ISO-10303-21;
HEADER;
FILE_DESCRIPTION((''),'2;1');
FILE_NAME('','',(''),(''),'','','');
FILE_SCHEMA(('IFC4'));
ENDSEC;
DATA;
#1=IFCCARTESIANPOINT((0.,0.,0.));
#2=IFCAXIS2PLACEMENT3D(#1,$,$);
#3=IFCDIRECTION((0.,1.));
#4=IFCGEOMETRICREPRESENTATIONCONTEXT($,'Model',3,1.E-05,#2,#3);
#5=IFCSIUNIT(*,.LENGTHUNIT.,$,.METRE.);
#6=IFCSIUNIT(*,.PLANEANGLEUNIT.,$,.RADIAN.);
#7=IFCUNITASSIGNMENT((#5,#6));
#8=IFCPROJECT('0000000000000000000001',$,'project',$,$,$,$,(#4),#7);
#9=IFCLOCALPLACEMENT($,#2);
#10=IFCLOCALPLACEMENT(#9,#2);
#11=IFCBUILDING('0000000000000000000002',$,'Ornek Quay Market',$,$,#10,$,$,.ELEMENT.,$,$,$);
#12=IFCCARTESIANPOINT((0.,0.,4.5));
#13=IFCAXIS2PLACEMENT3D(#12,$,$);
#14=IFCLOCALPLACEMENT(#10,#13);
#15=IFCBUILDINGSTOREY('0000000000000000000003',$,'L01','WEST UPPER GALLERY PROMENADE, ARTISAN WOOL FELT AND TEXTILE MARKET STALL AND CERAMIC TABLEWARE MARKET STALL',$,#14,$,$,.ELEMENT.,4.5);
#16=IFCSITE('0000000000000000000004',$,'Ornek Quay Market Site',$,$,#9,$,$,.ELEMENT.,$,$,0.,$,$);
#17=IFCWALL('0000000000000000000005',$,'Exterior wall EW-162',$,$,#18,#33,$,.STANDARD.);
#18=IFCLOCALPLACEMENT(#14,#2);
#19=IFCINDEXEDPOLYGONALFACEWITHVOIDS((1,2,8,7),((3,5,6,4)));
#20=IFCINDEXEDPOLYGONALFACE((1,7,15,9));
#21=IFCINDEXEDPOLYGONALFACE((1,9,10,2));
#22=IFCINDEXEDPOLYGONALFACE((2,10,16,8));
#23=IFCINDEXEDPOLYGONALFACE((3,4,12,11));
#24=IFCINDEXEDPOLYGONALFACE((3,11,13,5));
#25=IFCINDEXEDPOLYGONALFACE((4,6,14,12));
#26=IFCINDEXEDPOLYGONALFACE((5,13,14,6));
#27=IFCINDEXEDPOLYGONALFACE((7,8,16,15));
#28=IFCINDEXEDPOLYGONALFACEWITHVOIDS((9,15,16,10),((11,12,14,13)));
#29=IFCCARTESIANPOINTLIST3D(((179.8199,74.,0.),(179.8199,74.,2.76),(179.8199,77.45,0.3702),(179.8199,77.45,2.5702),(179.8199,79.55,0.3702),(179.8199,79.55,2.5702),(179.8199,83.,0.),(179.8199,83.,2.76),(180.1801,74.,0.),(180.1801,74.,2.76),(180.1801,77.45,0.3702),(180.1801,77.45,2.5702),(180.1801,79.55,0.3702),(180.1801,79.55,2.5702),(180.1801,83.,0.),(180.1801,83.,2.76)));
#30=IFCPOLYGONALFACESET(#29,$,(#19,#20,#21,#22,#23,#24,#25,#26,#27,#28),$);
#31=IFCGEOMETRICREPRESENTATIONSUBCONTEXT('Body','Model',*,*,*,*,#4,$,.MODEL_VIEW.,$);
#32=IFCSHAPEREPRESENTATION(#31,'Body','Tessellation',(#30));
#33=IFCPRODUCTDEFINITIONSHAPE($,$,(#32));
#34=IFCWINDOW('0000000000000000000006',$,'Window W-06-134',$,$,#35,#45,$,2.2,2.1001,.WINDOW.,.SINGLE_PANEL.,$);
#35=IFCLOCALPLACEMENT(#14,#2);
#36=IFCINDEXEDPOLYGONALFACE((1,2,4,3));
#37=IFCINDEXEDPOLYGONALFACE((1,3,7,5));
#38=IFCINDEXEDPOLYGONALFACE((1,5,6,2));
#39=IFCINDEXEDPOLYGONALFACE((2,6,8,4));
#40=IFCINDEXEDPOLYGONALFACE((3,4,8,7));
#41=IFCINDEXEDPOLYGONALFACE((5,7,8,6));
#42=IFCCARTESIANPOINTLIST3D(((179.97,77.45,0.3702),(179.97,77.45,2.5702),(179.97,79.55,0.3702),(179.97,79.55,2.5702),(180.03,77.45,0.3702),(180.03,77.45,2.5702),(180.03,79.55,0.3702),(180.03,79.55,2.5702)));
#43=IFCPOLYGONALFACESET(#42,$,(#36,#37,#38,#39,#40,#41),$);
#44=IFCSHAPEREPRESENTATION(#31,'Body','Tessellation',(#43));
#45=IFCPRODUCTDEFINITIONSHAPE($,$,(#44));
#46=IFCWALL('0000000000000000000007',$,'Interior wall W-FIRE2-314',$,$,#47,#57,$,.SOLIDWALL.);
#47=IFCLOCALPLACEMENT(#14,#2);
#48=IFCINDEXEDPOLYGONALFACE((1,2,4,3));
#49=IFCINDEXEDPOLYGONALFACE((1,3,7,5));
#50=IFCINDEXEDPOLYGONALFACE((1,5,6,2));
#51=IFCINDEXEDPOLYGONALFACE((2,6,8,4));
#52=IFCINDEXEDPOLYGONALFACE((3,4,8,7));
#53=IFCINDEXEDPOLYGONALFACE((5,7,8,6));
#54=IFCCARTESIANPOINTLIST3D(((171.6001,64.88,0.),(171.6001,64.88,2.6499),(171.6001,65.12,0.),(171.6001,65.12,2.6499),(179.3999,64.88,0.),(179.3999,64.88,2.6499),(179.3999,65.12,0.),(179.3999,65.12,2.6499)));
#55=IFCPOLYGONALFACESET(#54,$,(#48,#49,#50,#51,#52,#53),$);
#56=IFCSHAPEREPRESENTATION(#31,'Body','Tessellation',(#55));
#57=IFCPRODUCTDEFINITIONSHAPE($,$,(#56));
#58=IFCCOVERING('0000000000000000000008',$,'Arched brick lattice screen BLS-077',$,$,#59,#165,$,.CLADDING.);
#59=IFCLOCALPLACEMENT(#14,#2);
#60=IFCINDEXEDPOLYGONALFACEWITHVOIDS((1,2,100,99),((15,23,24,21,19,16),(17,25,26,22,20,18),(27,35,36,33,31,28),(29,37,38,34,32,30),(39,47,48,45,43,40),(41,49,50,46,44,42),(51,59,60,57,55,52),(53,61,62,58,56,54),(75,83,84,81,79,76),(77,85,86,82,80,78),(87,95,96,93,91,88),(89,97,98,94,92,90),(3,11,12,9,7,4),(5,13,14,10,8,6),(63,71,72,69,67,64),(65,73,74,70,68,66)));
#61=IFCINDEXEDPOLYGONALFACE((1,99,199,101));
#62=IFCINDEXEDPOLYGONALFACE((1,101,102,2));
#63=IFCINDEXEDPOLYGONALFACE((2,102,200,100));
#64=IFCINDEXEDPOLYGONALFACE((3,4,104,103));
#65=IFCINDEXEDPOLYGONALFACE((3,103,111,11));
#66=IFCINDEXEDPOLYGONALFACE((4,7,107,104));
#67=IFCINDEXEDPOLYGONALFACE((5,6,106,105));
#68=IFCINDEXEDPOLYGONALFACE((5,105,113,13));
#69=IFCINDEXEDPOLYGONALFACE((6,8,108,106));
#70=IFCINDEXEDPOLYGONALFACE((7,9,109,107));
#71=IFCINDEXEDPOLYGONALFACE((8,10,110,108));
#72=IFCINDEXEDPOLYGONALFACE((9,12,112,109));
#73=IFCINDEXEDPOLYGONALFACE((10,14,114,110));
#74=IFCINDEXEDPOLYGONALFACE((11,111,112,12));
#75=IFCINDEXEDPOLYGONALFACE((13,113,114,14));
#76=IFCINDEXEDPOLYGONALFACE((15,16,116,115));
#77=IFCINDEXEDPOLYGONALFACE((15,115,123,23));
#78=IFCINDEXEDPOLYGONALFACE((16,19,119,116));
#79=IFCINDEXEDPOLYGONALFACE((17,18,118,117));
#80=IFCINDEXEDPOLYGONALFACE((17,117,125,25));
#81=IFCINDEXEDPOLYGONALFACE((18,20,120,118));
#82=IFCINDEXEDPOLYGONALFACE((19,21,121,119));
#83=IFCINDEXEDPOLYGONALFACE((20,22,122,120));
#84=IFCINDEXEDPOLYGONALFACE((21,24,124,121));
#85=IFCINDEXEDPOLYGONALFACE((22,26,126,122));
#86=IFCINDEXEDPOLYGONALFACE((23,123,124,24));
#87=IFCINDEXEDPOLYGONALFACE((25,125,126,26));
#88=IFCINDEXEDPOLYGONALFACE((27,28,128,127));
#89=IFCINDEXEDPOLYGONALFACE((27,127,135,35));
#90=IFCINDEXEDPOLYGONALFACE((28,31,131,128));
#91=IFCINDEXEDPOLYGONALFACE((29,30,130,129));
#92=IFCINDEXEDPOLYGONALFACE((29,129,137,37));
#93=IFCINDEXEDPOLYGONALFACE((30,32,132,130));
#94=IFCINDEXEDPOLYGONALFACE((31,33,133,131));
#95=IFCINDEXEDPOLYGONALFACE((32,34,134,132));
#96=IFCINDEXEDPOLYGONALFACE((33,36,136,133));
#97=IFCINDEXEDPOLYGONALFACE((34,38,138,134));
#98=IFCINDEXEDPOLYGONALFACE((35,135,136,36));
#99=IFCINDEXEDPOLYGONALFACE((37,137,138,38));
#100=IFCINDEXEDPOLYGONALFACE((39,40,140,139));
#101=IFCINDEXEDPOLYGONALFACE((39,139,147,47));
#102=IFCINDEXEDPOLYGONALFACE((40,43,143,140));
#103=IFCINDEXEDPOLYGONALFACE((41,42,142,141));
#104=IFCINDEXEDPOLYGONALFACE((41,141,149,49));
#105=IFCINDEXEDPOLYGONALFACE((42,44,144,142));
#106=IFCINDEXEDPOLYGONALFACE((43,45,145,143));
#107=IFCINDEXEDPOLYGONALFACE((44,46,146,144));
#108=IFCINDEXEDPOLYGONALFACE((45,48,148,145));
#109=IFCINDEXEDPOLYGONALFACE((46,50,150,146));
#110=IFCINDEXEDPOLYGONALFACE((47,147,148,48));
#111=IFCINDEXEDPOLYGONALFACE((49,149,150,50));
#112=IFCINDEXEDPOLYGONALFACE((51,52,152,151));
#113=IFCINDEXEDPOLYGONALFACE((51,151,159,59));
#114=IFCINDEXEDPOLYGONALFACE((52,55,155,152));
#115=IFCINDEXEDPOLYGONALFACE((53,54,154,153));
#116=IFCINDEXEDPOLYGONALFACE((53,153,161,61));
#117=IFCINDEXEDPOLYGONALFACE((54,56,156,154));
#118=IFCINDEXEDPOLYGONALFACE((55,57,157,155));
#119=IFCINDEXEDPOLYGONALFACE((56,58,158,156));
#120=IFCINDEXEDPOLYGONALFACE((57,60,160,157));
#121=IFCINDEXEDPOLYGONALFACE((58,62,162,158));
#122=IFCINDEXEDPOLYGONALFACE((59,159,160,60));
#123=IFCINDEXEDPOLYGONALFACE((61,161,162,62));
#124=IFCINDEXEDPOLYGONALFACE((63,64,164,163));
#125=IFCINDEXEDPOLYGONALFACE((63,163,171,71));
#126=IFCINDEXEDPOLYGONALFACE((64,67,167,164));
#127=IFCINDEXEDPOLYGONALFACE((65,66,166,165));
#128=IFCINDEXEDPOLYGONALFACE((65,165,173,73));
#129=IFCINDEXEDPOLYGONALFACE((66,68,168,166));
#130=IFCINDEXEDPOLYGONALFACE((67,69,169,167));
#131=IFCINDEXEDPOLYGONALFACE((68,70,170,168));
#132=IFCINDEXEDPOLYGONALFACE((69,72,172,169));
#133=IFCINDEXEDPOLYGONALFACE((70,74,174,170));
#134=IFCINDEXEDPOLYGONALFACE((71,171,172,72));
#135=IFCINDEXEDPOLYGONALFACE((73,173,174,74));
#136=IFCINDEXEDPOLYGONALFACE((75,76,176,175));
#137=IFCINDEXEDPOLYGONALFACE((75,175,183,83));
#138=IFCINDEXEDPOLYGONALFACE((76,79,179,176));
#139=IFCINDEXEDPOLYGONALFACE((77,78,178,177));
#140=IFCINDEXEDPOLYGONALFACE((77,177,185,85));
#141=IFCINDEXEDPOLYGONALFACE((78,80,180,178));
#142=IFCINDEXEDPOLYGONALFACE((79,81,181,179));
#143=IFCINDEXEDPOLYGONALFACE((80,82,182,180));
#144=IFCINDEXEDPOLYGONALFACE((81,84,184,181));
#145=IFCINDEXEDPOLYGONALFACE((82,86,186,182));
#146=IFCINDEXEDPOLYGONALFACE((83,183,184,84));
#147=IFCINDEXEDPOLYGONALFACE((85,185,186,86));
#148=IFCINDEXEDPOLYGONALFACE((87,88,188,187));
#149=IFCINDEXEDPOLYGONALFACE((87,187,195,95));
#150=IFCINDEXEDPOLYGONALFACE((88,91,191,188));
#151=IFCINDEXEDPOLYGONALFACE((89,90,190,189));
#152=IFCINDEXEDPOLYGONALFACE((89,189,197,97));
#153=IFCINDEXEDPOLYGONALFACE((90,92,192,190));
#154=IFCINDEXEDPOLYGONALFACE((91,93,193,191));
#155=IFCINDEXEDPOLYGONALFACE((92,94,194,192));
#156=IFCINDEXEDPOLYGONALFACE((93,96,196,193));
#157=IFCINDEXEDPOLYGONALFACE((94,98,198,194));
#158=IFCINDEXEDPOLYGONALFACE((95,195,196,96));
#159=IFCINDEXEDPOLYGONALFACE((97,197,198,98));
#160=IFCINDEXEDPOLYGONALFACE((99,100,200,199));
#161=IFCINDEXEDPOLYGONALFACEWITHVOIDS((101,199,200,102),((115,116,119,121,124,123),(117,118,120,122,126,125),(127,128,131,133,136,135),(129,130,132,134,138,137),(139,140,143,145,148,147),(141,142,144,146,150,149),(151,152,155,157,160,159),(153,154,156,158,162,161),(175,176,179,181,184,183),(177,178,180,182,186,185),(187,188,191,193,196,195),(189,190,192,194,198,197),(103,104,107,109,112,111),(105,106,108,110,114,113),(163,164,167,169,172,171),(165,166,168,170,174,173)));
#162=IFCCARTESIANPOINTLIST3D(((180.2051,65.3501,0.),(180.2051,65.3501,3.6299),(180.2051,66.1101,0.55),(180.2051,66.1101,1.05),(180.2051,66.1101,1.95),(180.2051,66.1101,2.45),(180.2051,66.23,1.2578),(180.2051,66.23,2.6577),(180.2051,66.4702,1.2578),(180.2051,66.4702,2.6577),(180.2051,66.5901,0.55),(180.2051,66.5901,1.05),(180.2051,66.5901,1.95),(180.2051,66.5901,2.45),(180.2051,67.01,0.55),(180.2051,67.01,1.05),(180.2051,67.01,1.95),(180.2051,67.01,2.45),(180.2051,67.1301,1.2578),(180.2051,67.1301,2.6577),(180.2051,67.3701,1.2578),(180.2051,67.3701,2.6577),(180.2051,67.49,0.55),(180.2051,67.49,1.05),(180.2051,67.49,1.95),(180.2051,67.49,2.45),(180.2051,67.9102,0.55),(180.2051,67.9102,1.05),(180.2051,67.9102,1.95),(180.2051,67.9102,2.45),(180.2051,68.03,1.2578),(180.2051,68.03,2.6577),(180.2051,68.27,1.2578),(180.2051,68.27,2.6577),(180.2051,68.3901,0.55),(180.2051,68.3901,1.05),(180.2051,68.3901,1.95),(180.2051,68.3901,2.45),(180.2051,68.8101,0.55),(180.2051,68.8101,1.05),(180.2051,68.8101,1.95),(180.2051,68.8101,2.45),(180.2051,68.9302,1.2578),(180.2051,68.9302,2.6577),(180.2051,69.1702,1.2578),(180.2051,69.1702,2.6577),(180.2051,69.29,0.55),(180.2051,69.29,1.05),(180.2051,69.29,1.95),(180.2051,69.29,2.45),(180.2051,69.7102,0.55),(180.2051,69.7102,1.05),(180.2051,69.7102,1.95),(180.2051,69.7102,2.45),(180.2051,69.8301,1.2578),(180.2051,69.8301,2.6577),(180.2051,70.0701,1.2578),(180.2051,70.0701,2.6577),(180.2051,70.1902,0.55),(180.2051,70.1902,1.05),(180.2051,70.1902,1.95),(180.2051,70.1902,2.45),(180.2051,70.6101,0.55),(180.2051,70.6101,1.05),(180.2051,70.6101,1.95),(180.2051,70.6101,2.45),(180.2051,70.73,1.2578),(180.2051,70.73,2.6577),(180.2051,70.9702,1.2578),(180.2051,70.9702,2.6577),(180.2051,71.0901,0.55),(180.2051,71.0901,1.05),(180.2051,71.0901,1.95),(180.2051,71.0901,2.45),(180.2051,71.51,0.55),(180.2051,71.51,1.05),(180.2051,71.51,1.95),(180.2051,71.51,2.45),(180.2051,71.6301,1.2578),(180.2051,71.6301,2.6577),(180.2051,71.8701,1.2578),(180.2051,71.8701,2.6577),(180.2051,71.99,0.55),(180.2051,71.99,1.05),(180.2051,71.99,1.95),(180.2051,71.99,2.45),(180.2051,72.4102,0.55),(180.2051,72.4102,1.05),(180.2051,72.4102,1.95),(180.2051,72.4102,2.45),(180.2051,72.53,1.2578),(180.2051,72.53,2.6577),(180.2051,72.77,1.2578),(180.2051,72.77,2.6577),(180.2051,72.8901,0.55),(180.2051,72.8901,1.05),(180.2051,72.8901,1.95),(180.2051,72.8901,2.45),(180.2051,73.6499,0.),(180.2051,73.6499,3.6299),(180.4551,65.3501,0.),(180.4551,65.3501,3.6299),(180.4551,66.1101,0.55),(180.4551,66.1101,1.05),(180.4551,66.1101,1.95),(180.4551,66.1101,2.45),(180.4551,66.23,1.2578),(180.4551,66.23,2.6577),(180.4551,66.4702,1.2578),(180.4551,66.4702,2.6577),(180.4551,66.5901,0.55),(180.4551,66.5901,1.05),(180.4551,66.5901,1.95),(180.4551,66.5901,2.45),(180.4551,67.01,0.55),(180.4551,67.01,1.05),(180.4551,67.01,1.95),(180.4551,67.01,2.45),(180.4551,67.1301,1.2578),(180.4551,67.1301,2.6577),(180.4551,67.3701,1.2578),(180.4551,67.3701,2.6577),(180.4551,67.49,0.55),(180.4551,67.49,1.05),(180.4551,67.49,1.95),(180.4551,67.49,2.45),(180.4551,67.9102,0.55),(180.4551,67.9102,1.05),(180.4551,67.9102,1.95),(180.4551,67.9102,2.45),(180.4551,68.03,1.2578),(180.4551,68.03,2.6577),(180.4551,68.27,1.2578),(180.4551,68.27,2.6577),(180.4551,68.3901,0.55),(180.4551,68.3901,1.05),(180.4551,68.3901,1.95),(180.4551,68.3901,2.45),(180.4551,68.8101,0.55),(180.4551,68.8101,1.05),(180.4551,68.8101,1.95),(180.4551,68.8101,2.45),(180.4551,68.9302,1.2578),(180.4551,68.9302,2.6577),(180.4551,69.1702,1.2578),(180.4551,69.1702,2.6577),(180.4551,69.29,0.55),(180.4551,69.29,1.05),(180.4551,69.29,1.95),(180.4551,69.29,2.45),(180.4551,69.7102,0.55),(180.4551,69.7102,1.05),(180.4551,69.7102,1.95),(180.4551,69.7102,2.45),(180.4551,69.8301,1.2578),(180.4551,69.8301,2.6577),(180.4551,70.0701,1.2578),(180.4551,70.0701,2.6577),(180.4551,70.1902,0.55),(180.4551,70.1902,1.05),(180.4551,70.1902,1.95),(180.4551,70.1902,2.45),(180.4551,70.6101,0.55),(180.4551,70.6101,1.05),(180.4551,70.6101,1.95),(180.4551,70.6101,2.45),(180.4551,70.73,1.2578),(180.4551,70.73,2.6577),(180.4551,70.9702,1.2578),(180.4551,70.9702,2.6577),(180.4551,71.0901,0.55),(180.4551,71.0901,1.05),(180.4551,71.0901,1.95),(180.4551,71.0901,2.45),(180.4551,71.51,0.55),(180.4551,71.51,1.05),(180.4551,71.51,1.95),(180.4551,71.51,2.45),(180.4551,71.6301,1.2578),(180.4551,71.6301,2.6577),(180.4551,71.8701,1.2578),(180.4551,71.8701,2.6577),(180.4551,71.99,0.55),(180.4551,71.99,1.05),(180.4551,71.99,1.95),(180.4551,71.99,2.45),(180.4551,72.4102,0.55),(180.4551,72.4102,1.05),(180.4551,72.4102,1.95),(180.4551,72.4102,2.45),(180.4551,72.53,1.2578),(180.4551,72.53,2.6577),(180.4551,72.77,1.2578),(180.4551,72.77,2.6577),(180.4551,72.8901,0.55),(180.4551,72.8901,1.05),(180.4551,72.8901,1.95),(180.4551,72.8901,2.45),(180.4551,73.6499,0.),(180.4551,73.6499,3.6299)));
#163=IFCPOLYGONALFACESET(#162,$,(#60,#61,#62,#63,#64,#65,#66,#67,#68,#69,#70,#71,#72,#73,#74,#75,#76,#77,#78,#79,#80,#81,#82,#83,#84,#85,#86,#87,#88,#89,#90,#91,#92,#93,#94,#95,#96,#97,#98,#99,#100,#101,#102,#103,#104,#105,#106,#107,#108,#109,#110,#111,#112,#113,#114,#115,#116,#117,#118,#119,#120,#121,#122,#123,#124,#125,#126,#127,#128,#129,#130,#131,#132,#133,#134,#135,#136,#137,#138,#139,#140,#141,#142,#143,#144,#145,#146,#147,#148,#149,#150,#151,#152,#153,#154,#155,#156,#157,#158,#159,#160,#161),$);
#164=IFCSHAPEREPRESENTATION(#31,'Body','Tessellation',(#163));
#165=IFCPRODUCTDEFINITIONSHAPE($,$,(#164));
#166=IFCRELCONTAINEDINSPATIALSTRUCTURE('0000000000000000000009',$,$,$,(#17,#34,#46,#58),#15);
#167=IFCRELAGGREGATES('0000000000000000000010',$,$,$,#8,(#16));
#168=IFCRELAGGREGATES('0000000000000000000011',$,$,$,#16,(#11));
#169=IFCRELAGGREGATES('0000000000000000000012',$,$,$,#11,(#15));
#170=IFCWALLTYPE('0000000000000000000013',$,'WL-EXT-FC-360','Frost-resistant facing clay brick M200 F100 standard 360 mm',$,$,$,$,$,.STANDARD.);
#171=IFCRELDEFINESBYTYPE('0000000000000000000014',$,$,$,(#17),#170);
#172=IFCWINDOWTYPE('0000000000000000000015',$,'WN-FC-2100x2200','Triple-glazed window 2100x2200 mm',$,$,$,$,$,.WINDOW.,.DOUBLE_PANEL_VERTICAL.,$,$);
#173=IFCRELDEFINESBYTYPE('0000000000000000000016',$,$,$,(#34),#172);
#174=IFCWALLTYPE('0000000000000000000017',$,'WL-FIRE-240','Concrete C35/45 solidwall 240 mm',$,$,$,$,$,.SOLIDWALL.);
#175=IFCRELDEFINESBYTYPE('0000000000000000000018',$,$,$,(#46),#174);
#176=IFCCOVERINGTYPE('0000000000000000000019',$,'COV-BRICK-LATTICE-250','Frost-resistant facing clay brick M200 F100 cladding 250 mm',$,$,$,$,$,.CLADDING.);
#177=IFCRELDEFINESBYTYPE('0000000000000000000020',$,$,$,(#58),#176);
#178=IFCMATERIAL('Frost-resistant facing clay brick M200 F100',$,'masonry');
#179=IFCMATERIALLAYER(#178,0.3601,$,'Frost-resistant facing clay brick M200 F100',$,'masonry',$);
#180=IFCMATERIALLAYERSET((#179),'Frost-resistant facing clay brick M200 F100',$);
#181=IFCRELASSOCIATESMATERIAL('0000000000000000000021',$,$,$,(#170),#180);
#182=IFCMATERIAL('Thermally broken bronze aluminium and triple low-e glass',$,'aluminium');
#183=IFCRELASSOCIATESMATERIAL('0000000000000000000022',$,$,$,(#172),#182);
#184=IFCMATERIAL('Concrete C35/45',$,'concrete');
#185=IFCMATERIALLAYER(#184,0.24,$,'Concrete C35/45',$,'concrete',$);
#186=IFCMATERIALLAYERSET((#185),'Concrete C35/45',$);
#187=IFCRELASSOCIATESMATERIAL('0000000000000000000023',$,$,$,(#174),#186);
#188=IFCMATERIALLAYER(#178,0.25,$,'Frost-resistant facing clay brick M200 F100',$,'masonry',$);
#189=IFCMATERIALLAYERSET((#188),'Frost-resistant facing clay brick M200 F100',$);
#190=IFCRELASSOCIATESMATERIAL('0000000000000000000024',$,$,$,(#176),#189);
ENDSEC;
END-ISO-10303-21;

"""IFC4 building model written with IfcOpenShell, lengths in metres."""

from ifc_helpers import new_model, si_unit, direction, frame, frame_2d, origin, place, context, subcontext, project, spatial, polyline, rectangle, outline, extrude, material, layer, layer_set, type_object, element, fill, save


model = new_model("IFC4")

# Units and contexts
model_context = context("Model", 3, precision=1e-05, world=origin(), true_north=direction((0.0, 1.0)))
body_context = subcontext(model_context, "Body", "Model", "MODEL_VIEW")
ifc_project = project(units=[si_unit("LENGTHUNIT", "METRE"), si_unit("PLANEANGLEUNIT", "RADIAN")], contexts=[model_context])

# Site, building, storey
site_placement = place(None, origin())
site = spatial("IfcSite", under=ifc_project, at=site_placement, Name="Ornek Quay Market Site", CompositionType="ELEMENT", RefElevation=0.0)
building_placement = place(site_placement, origin())
building = spatial("IfcBuilding", under=site, at=building_placement, Name="Ornek Quay Market", CompositionType="ELEMENT")
storey_placement = place(building_placement, frame((0.0, 0.0, 4.5)))
storey = spatial("IfcBuildingStorey", under=building, at=storey_placement, Name="L01", Description="WEST UPPER GALLERY PROMENADE, ARTISAN WOOL FELT AND TEXTILE MARKET STALL AND CERAMIC TABLEWARE MARKET STALL", CompositionType="ELEMENT", Elevation=4.5)

# Shared definitions
ifc_material_1 = material(Name="Concrete C35/45", Category="concrete")

# Wall, opening, window
ifc_material_2 = material(Name="Frost-resistant facing clay brick M200 F100", Category="masonry")
ifc_layer_1 = layer(ifc_material_2, 0.3601, Name="Frost-resistant facing clay brick M200 F100", Category="masonry")
ifc_layer_set_1 = layer_set([ifc_layer_1], Name="Frost-resistant facing clay brick M200 F100")
wall_type_1 = type_object("IfcWallType", Name="WL-EXT-FC-360", Description="Frost-resistant facing clay brick M200 F100 standard 360 mm", PredefinedType="STANDARD", material=ifc_layer_set_1)
ifc_material_3 = material(Name="Thermally broken bronze aluminium and triple low-e glass", Category="aluminium")
wall_1_placement = place(storey_placement, frame((180.0, 74.0, 0.0), z_axis=(0.0, 0.0, 1.0), x_axis=(0.0, 1.0, 0.0)))
wall_1 = element("IfcWall", 1, at=wall_1_placement, inside=storey, type_object=wall_type_1, Name="Exterior wall EW-162", PredefinedType="STANDARD", context=body_context, shape_type="SweptSolid", body=[
    extrude(rectangle(XDim=9.0, YDim=0.3601, at=frame_2d((4.5, 0.0))), origin(), (0.0, 0.0, 1.0), 2.76),
])
opening_1_placement = place(wall_1_placement, frame((3.45, 0.0, 0.3701)))
opening_1 = element("IfcOpeningElement", 2, at=opening_1_placement, cuts=wall_1, PredefinedType="OPENING", context=body_context, shape_type="SweptSolid", body=[
    extrude(rectangle(XDim=2.1001, YDim=2.2, at=frame_2d((1.05, 1.1001))), frame((0.0, 0.1899, 0.0), z_axis=(0.0, -1.0, 0.0), x_axis=(1.0, 0.0, 0.0)), (0.0, 0.0, 1.0), 0.3801),
])
window_type_1 = type_object("IfcWindowType", Name="WN-FC-2100x2200", Description="Triple-glazed window 2100x2200 mm", PartitioningType="DOUBLE_PANEL_VERTICAL", PredefinedType="WINDOW", material=ifc_material_3)
window_1_placement = place(opening_1_placement, origin())
window_1 = element("IfcWindow", 3, at=window_1_placement, inside=storey, type_object=window_type_1, Name="Window W-06-134", OverallHeight=2.2, OverallWidth=2.1001, PartitioningType="SINGLE_PANEL", PredefinedType="WINDOW", context=body_context, shape_type="SweptSolid", body=[
    extrude(rectangle(XDim=2.1001, YDim=2.2, at=frame_2d((1.05, 1.1001))), frame((0.0, 0.03, 0.0), z_axis=(0.0, -1.0, 0.0), x_axis=(1.0, 0.0, 0.0)), (0.0, 0.0, 1.0), 0.0601),
])
fill(opening_1, window_1)

# Wall
ifc_layer_2 = layer(ifc_material_1, 0.24, Name="Concrete C35/45", Category="concrete")
ifc_layer_set_2 = layer_set([ifc_layer_2], Name="Concrete C35/45")
wall_type_2 = type_object("IfcWallType", Name="WL-FIRE-240", Description="Concrete C35/45 solidwall 240 mm", PredefinedType="SOLIDWALL", material=ifc_layer_set_2)
wall_2_placement = place(storey_placement, frame((171.6001, 65.0, 0.0), z_axis=(0.0, 0.0, 1.0), x_axis=(1.0, 0.0, 0.0)))
element("IfcWall", 4, at=wall_2_placement, inside=storey, type_object=wall_type_2, Name="Interior wall W-FIRE2-314", PredefinedType="SOLIDWALL", context=body_context, shape_type="SweptSolid", body=[
    extrude(rectangle(XDim=7.7998, YDim=0.24, at=frame_2d((3.8999, 0.0))), origin(), (0.0, 0.0, 1.0), 2.6499),
])

# Covering
ifc_layer_3 = layer(ifc_material_2, 0.25, Name="Frost-resistant facing clay brick M200 F100", Category="masonry")
ifc_layer_set_3 = layer_set([ifc_layer_3], Name="Frost-resistant facing clay brick M200 F100")
covering_type = type_object("IfcCoveringType", Name="COV-BRICK-LATTICE-250", Description="Frost-resistant facing clay brick M200 F100 cladding 250 mm", PredefinedType="CLADDING", material=ifc_layer_set_3)
covering_placement = place(storey_placement, frame((180.3301, 65.3501, 0.0), z_axis=(0.0, 0.0, 1.0), x_axis=(0.0, 1.0, 0.0)))
element("IfcCovering", 5, at=covering_placement, inside=storey, type_object=covering_type, Name="Arched brick lattice screen BLS-077", PredefinedType="CLADDING", context=body_context, shape_type="SweptSolid", body=[
    extrude(outline(polyline([(0.0, 0.0), (8.2998, 0.0), (8.2998, 3.6299), (0.0, 3.6299), (0.0, 0.0)]), holes=[polyline([(0.76, 0.55), (1.24, 0.55), (1.24, 1.05), (1.1201, 1.2578), (0.8799, 1.2578), (0.76, 1.05), (0.76, 0.55)]), polyline([(0.76, 1.95), (1.24, 1.95), (1.24, 2.45), (1.1201, 2.6577), (0.8799, 2.6577), (0.76, 2.45), (0.76, 1.95)]), polyline([(1.6599, 0.55), (2.1399, 0.55), (2.1399, 1.05), (2.02, 1.2578), (1.78, 1.2578), (1.6599, 1.05), (1.6599, 0.55)]), polyline([(1.6599, 1.95), (2.1399, 1.95), (2.1399, 2.45), (2.02, 2.6577), (1.78, 2.6577), (1.6599, 2.45), (1.6599, 1.95)]), polyline([(2.5601, 0.55), (3.04, 0.55), (3.04, 1.05), (2.9199, 1.2578), (2.6799, 1.2578), (2.5601, 1.05), (2.5601, 0.55)]), polyline([(2.5601, 1.95), (3.04, 1.95), (3.04, 2.45), (2.9199, 2.6577), (2.6799, 2.6577), (2.5601, 2.45), (2.5601, 1.95)]), polyline([(3.46, 0.55), (3.9399, 0.55), (3.9399, 1.05), (3.8201, 1.2578), (3.5801, 1.2578), (3.46, 1.05), (3.46, 0.55)]), polyline([(3.46, 1.95), (3.9399, 1.95), (3.9399, 2.45), (3.8201, 2.6577), (3.5801, 2.6577), (3.46, 2.45), (3.46, 1.95)]), polyline([(4.3601, 0.55), (4.8401, 0.55), (4.8401, 1.05), (4.72, 1.2578), (4.48, 1.2578), (4.3601, 1.05), (4.3601, 0.55)]), polyline([(4.3601, 1.95), (4.8401, 1.95), (4.8401, 2.45), (4.72, 2.6577), (4.48, 2.6577), (4.3601, 2.45), (4.3601, 1.95)]), polyline([(5.26, 0.55), (5.74, 0.55), (5.74, 1.05), (5.6201, 1.2578), (5.3799, 1.2578), (5.26, 1.05), (5.26, 0.55)]), polyline([(5.26, 1.95), (5.74, 1.95), (5.74, 2.45), (5.6201, 2.6577), (5.3799, 2.6577), (5.26, 2.45), (5.26, 1.95)]), polyline([(6.1599, 0.55), (6.6399, 0.55), (6.6399, 1.05), (6.52, 1.2578), (6.28, 1.2578), (6.1599, 1.05), (6.1599, 0.55)]), polyline([(6.1599, 1.95), (6.6399, 1.95), (6.6399, 2.45), (6.52, 2.6577), (6.28, 2.6577), (6.1599, 2.45), (6.1599, 1.95)]), polyline([(7.0601, 0.55), (7.54, 0.55), (7.54, 1.05), (7.4199, 1.2578), (7.1799, 1.2578), (7.0601, 1.05), (7.0601, 0.55)]), polyline([(7.0601, 1.95), (7.54, 1.95), (7.54, 2.45), (7.4199, 2.6577), (7.1799, 2.6577), (7.0601, 2.45), (7.0601, 1.95)])]), frame((0.0, 0.125, 0.0), z_axis=(0.0, -1.0, 0.0), x_axis=(1.0, 0.0, 0.0)), (0.0, 0.0, 1.0), 0.25),
])

save(model, "model.ifc")
